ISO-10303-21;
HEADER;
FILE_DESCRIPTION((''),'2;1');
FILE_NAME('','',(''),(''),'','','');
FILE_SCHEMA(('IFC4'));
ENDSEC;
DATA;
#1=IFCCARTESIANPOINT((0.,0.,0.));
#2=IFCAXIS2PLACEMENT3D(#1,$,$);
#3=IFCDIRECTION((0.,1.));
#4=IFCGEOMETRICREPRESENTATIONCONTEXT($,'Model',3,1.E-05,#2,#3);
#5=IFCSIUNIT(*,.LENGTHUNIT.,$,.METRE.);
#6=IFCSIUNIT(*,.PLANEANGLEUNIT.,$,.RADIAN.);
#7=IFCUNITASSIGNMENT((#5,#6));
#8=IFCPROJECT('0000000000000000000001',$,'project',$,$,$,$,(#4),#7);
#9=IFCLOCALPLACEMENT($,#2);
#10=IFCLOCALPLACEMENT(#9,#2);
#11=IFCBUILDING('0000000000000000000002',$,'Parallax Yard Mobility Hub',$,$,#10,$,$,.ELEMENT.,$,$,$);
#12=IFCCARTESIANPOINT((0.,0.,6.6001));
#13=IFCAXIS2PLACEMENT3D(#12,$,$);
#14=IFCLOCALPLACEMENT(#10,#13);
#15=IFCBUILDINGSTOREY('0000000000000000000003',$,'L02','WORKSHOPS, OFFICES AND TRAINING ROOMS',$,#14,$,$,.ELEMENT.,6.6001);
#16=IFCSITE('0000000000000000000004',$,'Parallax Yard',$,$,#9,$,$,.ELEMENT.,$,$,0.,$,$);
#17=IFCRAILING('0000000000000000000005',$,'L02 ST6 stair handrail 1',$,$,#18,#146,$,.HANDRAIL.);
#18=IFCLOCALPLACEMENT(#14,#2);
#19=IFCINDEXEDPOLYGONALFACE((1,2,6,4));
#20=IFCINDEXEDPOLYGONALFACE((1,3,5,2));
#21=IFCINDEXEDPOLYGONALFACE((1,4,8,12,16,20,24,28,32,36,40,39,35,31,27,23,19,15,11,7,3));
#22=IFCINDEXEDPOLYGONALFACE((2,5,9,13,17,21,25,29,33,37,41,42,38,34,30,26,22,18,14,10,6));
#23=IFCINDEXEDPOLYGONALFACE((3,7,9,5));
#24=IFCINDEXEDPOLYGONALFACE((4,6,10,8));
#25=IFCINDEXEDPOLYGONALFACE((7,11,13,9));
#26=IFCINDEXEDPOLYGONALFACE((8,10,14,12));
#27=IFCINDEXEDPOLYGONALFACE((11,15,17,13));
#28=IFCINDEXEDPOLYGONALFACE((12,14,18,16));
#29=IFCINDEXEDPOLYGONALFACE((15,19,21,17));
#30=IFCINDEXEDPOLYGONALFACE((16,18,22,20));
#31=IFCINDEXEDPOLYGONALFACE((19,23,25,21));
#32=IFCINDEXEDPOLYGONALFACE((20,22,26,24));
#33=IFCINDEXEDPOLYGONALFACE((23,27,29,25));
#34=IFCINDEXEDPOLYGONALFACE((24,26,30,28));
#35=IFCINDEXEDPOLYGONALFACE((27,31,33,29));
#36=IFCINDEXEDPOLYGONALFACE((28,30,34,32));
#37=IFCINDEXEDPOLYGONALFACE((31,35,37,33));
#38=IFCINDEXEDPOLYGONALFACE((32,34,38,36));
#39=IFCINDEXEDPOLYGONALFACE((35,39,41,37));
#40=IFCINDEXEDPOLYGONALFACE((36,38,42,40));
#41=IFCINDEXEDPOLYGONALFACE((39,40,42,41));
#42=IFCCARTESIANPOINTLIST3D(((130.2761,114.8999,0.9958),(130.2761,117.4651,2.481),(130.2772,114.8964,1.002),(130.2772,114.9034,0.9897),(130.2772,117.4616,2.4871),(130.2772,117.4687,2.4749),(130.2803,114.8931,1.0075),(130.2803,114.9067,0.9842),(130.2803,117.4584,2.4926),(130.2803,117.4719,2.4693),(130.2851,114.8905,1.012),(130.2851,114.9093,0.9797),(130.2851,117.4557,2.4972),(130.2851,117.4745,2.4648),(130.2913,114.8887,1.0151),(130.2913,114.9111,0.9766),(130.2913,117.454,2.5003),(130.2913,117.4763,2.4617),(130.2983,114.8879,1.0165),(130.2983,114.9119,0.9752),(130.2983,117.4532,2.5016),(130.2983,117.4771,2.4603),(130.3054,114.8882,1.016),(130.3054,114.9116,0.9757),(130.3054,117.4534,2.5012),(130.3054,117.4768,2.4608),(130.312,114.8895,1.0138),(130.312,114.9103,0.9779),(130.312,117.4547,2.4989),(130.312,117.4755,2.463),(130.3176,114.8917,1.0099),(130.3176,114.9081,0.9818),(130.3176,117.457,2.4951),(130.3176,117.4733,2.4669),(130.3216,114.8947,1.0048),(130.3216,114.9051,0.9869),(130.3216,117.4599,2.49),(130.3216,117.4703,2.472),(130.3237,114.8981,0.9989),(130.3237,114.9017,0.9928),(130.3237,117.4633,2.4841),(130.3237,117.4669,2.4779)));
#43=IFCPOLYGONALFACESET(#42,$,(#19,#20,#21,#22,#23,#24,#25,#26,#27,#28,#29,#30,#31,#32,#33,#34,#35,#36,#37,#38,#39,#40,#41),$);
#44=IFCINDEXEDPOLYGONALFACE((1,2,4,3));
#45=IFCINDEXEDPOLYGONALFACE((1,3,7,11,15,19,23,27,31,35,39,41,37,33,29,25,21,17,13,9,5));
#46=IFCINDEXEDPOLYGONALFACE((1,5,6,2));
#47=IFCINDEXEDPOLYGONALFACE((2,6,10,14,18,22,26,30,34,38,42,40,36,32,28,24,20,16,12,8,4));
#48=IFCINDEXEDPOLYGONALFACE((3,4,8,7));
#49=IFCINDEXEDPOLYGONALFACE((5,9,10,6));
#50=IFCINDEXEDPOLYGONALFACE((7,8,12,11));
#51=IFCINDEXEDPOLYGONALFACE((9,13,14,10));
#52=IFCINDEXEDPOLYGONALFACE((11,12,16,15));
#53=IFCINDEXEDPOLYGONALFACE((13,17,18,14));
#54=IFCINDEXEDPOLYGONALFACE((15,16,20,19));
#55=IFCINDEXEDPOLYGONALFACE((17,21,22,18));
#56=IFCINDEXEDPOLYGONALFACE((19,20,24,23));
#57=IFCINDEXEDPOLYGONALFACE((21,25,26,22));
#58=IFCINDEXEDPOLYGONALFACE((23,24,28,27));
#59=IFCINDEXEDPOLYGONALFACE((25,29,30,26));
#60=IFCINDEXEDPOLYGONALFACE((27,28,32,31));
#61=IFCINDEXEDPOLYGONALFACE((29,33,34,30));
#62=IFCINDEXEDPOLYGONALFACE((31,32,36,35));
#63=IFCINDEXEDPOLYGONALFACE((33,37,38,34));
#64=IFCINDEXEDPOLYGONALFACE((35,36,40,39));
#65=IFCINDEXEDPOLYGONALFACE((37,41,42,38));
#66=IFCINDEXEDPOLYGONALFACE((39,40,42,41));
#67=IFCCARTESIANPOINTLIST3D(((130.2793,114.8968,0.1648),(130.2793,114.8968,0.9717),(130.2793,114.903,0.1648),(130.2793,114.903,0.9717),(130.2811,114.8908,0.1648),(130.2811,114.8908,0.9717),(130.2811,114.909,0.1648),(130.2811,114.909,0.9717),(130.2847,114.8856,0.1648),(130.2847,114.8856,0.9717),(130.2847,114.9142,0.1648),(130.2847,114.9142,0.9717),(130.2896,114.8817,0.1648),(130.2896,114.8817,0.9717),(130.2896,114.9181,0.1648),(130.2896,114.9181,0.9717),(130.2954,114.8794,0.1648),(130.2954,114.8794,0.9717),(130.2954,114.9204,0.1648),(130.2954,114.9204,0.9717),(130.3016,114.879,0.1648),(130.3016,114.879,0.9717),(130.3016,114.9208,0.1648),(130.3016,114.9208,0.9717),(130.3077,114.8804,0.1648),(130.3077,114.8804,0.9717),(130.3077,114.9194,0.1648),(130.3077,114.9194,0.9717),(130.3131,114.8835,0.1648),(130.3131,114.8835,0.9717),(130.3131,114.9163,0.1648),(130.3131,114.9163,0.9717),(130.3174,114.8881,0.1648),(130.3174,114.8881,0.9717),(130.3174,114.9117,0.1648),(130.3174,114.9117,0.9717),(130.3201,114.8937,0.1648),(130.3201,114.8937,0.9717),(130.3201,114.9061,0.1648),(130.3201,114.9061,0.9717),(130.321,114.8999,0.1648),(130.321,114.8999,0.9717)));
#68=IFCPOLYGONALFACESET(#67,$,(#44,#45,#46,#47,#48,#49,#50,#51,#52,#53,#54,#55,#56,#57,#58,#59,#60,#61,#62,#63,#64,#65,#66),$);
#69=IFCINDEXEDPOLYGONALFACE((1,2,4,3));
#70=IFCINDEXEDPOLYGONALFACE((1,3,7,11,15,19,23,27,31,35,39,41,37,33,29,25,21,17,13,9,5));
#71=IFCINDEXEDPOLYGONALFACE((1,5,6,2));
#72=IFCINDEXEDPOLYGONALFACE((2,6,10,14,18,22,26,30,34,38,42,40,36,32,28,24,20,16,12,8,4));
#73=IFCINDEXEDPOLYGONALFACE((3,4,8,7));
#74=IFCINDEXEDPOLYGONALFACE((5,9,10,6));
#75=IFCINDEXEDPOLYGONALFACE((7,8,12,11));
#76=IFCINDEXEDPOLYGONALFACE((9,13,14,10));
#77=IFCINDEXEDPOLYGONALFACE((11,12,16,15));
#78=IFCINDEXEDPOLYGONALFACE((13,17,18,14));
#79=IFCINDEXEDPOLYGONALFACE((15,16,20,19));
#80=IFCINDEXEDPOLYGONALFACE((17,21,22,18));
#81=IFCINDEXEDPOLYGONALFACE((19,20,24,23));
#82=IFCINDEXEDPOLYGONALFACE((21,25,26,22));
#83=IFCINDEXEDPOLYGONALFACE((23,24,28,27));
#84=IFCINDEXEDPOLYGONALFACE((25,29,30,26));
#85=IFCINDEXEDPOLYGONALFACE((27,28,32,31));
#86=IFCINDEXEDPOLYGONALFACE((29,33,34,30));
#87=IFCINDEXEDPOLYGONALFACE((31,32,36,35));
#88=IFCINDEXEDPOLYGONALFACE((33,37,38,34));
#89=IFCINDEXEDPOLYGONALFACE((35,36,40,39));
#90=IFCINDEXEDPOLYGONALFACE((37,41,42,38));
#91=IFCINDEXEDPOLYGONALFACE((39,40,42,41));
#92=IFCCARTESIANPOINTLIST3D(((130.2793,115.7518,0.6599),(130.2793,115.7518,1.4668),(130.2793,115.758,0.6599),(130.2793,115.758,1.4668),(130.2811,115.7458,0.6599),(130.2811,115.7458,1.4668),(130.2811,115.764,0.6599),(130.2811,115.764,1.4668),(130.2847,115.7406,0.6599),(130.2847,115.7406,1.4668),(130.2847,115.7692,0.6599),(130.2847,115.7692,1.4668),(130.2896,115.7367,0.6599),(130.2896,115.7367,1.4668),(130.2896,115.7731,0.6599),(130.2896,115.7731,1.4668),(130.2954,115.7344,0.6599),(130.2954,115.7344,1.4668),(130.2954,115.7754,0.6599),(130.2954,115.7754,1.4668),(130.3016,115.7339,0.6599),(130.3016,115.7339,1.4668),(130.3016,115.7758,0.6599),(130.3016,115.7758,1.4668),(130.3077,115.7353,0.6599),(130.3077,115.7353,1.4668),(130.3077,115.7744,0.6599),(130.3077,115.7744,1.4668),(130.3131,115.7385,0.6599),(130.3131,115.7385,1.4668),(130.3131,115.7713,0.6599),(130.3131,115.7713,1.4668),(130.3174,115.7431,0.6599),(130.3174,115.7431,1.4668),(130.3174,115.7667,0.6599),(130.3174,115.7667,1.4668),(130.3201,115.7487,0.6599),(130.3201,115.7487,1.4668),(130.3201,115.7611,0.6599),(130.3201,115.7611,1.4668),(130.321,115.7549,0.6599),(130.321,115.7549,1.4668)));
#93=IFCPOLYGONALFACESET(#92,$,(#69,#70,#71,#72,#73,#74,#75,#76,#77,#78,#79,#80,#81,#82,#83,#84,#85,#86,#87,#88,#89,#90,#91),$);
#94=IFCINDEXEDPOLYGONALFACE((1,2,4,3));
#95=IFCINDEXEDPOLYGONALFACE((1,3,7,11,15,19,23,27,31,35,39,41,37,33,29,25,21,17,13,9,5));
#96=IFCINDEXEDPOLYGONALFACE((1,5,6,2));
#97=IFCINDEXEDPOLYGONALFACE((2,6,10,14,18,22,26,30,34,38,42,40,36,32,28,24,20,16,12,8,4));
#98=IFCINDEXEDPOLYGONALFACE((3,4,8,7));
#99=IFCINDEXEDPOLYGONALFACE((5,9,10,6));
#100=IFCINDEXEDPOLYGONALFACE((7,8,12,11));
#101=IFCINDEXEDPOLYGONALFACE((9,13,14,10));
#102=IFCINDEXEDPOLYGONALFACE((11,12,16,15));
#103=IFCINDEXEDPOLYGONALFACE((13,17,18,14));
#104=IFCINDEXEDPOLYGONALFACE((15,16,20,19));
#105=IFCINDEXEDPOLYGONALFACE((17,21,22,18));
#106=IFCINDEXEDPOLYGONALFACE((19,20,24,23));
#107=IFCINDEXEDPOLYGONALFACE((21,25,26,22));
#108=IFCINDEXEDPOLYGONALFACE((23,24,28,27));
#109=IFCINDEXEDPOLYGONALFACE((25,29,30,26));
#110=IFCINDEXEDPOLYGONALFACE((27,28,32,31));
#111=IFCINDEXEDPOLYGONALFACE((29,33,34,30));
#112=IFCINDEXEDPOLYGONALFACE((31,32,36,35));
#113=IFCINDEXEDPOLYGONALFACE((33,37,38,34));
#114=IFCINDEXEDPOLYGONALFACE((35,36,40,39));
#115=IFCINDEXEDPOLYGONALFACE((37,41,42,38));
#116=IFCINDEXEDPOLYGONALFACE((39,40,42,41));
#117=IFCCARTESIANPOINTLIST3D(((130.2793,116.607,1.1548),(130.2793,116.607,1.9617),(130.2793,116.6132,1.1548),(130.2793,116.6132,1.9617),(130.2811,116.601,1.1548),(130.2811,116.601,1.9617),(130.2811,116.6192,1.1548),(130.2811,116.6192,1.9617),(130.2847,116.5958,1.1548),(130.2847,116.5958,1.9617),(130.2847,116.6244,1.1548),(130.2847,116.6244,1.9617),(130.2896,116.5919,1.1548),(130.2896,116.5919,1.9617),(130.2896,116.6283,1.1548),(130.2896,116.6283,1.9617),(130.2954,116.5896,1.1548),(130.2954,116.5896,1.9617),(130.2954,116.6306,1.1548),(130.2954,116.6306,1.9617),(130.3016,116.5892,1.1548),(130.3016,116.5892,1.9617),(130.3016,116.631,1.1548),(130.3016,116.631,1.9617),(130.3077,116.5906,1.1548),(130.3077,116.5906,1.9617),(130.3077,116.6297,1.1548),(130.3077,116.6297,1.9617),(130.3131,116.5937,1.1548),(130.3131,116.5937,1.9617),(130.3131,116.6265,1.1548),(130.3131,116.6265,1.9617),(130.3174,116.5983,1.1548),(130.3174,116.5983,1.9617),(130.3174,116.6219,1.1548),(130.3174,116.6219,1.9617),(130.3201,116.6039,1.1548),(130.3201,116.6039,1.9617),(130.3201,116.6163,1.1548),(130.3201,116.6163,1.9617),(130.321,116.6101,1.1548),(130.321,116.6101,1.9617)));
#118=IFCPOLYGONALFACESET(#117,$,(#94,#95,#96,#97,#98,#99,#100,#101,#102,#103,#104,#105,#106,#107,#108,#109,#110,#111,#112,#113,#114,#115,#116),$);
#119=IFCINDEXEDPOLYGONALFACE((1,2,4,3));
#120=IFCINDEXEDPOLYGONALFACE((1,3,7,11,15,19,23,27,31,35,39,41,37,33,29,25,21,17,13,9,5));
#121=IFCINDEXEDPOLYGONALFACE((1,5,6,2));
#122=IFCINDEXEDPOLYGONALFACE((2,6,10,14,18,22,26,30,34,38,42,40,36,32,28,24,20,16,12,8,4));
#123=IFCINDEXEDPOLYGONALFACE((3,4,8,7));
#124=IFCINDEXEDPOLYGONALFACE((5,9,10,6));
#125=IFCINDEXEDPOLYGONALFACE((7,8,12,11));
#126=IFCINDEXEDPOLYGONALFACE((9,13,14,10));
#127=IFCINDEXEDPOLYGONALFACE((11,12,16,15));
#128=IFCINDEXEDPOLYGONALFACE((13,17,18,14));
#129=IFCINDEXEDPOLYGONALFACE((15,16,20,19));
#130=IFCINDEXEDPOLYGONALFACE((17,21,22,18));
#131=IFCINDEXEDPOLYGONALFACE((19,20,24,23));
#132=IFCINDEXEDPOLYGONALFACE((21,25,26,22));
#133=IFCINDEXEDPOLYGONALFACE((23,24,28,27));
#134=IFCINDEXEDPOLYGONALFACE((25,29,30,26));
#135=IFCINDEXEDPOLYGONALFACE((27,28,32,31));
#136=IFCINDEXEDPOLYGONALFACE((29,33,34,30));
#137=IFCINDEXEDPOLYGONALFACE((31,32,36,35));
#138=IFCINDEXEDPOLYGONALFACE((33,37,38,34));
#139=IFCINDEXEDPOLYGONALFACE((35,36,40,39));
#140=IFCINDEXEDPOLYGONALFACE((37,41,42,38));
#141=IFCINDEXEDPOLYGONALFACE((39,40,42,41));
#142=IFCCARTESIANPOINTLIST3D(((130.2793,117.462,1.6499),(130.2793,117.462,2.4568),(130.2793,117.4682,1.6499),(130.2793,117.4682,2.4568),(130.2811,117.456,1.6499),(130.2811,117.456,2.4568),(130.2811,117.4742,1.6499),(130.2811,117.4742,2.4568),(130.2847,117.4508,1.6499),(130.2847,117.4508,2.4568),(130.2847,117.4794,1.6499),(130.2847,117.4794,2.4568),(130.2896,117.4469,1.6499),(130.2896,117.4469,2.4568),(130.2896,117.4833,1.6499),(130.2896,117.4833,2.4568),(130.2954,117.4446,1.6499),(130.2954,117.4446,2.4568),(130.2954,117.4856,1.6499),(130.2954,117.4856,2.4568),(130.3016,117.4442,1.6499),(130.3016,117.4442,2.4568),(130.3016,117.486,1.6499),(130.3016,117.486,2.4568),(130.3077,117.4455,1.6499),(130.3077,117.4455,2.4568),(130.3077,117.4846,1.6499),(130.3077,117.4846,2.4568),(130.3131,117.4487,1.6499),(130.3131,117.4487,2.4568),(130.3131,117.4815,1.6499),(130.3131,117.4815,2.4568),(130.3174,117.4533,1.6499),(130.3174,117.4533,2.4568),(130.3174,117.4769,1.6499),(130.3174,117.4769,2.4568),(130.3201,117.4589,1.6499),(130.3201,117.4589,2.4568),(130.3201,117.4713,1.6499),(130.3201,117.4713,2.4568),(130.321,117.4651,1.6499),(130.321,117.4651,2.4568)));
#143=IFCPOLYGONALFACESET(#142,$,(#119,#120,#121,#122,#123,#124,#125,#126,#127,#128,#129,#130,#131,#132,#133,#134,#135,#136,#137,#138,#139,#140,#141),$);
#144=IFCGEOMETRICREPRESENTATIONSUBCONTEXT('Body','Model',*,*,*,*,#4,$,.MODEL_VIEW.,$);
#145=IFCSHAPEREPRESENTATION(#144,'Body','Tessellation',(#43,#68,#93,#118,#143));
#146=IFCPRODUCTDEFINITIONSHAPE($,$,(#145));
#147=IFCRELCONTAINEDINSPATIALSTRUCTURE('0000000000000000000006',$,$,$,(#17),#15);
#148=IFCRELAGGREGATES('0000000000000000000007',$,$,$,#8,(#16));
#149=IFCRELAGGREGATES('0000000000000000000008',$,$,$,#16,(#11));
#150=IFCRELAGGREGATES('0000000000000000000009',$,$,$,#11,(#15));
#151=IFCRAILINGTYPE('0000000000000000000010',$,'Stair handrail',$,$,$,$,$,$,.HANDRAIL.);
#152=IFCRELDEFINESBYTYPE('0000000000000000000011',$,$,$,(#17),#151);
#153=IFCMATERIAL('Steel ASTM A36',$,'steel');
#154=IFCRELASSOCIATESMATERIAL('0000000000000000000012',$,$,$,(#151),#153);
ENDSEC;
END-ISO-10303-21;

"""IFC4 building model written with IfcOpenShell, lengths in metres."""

from ifc_helpers import new_model, si_unit, direction, frame, origin, origin_2d, place, context, subcontext, project, spatial, circle, extrude, material, type_object, element, save


model = new_model("IFC4")

# Units and contexts
model_context = context("Model", 3, precision=1e-05, world=origin(), true_north=direction((0.0, 1.0)))
body_context = subcontext(model_context, "Body", "Model", "MODEL_VIEW")
ifc_project = project(units=[si_unit("LENGTHUNIT", "METRE"), si_unit("PLANEANGLEUNIT", "RADIAN")], contexts=[model_context])

# Site, building, storey
site_placement = place(None, origin())
site = spatial("IfcSite", under=ifc_project, at=site_placement, Name="Parallax Yard", CompositionType="ELEMENT", RefElevation=0.0)
building_placement = place(site_placement, origin())
building = spatial("IfcBuilding", under=site, at=building_placement, Name="Parallax Yard Mobility Hub", CompositionType="ELEMENT")
storey_placement = place(building_placement, frame((0.0, 0.0, 6.6001)))
storey = spatial("IfcBuildingStorey", under=building, at=storey_placement, Name="L02", Description="WORKSHOPS, OFFICES AND TRAINING ROOMS", CompositionType="ELEMENT", Elevation=6.6001)

# Railing
ifc_material_1 = material(Name="Steel ASTM A36", Category="steel")
railing_type_1 = type_object("IfcRailingType", Name="Stair handrail", PredefinedType="HANDRAIL", material=ifc_material_1)
railing_1_placement = place(storey_placement, frame((130.3, 114.8999, 0.1648)))
element("IfcRailing", 1, at=railing_1_placement, inside=storey, type_object=railing_type_1, Name="L02 ST6 stair handrail 1", PredefinedType="HANDRAIL", context=body_context, shape_type="SweptSolid", body=[
    extrude(circle(Radius=0.0239, at=origin_2d()), frame((0.0, 0.0, 0.8311), z_axis=(0.0, 0.865426, 0.501036), x_axis=(-1.0, 0.0, 0.0)), (0.0, 0.0, 1.0), 2.9641),
    extrude(circle(Radius=0.021, at=origin_2d()), origin(), (0.0, 0.0, 1.0), 0.8069),
    extrude(circle(Radius=0.021, at=origin_2d()), frame((0.0, 0.855, 0.4951)), (0.0, 0.0, 1.0), 0.8069),
    extrude(circle(Radius=0.021, at=origin_2d()), frame((0.0, 1.7102, 0.99)), (0.0, 0.0, 1.0), 0.8069),
    extrude(circle(Radius=0.021, at=origin_2d()), frame((0.0, 2.5652, 1.4851)), (0.0, 0.0, 1.0), 0.8069),
])

save(model, "model.ifc")
